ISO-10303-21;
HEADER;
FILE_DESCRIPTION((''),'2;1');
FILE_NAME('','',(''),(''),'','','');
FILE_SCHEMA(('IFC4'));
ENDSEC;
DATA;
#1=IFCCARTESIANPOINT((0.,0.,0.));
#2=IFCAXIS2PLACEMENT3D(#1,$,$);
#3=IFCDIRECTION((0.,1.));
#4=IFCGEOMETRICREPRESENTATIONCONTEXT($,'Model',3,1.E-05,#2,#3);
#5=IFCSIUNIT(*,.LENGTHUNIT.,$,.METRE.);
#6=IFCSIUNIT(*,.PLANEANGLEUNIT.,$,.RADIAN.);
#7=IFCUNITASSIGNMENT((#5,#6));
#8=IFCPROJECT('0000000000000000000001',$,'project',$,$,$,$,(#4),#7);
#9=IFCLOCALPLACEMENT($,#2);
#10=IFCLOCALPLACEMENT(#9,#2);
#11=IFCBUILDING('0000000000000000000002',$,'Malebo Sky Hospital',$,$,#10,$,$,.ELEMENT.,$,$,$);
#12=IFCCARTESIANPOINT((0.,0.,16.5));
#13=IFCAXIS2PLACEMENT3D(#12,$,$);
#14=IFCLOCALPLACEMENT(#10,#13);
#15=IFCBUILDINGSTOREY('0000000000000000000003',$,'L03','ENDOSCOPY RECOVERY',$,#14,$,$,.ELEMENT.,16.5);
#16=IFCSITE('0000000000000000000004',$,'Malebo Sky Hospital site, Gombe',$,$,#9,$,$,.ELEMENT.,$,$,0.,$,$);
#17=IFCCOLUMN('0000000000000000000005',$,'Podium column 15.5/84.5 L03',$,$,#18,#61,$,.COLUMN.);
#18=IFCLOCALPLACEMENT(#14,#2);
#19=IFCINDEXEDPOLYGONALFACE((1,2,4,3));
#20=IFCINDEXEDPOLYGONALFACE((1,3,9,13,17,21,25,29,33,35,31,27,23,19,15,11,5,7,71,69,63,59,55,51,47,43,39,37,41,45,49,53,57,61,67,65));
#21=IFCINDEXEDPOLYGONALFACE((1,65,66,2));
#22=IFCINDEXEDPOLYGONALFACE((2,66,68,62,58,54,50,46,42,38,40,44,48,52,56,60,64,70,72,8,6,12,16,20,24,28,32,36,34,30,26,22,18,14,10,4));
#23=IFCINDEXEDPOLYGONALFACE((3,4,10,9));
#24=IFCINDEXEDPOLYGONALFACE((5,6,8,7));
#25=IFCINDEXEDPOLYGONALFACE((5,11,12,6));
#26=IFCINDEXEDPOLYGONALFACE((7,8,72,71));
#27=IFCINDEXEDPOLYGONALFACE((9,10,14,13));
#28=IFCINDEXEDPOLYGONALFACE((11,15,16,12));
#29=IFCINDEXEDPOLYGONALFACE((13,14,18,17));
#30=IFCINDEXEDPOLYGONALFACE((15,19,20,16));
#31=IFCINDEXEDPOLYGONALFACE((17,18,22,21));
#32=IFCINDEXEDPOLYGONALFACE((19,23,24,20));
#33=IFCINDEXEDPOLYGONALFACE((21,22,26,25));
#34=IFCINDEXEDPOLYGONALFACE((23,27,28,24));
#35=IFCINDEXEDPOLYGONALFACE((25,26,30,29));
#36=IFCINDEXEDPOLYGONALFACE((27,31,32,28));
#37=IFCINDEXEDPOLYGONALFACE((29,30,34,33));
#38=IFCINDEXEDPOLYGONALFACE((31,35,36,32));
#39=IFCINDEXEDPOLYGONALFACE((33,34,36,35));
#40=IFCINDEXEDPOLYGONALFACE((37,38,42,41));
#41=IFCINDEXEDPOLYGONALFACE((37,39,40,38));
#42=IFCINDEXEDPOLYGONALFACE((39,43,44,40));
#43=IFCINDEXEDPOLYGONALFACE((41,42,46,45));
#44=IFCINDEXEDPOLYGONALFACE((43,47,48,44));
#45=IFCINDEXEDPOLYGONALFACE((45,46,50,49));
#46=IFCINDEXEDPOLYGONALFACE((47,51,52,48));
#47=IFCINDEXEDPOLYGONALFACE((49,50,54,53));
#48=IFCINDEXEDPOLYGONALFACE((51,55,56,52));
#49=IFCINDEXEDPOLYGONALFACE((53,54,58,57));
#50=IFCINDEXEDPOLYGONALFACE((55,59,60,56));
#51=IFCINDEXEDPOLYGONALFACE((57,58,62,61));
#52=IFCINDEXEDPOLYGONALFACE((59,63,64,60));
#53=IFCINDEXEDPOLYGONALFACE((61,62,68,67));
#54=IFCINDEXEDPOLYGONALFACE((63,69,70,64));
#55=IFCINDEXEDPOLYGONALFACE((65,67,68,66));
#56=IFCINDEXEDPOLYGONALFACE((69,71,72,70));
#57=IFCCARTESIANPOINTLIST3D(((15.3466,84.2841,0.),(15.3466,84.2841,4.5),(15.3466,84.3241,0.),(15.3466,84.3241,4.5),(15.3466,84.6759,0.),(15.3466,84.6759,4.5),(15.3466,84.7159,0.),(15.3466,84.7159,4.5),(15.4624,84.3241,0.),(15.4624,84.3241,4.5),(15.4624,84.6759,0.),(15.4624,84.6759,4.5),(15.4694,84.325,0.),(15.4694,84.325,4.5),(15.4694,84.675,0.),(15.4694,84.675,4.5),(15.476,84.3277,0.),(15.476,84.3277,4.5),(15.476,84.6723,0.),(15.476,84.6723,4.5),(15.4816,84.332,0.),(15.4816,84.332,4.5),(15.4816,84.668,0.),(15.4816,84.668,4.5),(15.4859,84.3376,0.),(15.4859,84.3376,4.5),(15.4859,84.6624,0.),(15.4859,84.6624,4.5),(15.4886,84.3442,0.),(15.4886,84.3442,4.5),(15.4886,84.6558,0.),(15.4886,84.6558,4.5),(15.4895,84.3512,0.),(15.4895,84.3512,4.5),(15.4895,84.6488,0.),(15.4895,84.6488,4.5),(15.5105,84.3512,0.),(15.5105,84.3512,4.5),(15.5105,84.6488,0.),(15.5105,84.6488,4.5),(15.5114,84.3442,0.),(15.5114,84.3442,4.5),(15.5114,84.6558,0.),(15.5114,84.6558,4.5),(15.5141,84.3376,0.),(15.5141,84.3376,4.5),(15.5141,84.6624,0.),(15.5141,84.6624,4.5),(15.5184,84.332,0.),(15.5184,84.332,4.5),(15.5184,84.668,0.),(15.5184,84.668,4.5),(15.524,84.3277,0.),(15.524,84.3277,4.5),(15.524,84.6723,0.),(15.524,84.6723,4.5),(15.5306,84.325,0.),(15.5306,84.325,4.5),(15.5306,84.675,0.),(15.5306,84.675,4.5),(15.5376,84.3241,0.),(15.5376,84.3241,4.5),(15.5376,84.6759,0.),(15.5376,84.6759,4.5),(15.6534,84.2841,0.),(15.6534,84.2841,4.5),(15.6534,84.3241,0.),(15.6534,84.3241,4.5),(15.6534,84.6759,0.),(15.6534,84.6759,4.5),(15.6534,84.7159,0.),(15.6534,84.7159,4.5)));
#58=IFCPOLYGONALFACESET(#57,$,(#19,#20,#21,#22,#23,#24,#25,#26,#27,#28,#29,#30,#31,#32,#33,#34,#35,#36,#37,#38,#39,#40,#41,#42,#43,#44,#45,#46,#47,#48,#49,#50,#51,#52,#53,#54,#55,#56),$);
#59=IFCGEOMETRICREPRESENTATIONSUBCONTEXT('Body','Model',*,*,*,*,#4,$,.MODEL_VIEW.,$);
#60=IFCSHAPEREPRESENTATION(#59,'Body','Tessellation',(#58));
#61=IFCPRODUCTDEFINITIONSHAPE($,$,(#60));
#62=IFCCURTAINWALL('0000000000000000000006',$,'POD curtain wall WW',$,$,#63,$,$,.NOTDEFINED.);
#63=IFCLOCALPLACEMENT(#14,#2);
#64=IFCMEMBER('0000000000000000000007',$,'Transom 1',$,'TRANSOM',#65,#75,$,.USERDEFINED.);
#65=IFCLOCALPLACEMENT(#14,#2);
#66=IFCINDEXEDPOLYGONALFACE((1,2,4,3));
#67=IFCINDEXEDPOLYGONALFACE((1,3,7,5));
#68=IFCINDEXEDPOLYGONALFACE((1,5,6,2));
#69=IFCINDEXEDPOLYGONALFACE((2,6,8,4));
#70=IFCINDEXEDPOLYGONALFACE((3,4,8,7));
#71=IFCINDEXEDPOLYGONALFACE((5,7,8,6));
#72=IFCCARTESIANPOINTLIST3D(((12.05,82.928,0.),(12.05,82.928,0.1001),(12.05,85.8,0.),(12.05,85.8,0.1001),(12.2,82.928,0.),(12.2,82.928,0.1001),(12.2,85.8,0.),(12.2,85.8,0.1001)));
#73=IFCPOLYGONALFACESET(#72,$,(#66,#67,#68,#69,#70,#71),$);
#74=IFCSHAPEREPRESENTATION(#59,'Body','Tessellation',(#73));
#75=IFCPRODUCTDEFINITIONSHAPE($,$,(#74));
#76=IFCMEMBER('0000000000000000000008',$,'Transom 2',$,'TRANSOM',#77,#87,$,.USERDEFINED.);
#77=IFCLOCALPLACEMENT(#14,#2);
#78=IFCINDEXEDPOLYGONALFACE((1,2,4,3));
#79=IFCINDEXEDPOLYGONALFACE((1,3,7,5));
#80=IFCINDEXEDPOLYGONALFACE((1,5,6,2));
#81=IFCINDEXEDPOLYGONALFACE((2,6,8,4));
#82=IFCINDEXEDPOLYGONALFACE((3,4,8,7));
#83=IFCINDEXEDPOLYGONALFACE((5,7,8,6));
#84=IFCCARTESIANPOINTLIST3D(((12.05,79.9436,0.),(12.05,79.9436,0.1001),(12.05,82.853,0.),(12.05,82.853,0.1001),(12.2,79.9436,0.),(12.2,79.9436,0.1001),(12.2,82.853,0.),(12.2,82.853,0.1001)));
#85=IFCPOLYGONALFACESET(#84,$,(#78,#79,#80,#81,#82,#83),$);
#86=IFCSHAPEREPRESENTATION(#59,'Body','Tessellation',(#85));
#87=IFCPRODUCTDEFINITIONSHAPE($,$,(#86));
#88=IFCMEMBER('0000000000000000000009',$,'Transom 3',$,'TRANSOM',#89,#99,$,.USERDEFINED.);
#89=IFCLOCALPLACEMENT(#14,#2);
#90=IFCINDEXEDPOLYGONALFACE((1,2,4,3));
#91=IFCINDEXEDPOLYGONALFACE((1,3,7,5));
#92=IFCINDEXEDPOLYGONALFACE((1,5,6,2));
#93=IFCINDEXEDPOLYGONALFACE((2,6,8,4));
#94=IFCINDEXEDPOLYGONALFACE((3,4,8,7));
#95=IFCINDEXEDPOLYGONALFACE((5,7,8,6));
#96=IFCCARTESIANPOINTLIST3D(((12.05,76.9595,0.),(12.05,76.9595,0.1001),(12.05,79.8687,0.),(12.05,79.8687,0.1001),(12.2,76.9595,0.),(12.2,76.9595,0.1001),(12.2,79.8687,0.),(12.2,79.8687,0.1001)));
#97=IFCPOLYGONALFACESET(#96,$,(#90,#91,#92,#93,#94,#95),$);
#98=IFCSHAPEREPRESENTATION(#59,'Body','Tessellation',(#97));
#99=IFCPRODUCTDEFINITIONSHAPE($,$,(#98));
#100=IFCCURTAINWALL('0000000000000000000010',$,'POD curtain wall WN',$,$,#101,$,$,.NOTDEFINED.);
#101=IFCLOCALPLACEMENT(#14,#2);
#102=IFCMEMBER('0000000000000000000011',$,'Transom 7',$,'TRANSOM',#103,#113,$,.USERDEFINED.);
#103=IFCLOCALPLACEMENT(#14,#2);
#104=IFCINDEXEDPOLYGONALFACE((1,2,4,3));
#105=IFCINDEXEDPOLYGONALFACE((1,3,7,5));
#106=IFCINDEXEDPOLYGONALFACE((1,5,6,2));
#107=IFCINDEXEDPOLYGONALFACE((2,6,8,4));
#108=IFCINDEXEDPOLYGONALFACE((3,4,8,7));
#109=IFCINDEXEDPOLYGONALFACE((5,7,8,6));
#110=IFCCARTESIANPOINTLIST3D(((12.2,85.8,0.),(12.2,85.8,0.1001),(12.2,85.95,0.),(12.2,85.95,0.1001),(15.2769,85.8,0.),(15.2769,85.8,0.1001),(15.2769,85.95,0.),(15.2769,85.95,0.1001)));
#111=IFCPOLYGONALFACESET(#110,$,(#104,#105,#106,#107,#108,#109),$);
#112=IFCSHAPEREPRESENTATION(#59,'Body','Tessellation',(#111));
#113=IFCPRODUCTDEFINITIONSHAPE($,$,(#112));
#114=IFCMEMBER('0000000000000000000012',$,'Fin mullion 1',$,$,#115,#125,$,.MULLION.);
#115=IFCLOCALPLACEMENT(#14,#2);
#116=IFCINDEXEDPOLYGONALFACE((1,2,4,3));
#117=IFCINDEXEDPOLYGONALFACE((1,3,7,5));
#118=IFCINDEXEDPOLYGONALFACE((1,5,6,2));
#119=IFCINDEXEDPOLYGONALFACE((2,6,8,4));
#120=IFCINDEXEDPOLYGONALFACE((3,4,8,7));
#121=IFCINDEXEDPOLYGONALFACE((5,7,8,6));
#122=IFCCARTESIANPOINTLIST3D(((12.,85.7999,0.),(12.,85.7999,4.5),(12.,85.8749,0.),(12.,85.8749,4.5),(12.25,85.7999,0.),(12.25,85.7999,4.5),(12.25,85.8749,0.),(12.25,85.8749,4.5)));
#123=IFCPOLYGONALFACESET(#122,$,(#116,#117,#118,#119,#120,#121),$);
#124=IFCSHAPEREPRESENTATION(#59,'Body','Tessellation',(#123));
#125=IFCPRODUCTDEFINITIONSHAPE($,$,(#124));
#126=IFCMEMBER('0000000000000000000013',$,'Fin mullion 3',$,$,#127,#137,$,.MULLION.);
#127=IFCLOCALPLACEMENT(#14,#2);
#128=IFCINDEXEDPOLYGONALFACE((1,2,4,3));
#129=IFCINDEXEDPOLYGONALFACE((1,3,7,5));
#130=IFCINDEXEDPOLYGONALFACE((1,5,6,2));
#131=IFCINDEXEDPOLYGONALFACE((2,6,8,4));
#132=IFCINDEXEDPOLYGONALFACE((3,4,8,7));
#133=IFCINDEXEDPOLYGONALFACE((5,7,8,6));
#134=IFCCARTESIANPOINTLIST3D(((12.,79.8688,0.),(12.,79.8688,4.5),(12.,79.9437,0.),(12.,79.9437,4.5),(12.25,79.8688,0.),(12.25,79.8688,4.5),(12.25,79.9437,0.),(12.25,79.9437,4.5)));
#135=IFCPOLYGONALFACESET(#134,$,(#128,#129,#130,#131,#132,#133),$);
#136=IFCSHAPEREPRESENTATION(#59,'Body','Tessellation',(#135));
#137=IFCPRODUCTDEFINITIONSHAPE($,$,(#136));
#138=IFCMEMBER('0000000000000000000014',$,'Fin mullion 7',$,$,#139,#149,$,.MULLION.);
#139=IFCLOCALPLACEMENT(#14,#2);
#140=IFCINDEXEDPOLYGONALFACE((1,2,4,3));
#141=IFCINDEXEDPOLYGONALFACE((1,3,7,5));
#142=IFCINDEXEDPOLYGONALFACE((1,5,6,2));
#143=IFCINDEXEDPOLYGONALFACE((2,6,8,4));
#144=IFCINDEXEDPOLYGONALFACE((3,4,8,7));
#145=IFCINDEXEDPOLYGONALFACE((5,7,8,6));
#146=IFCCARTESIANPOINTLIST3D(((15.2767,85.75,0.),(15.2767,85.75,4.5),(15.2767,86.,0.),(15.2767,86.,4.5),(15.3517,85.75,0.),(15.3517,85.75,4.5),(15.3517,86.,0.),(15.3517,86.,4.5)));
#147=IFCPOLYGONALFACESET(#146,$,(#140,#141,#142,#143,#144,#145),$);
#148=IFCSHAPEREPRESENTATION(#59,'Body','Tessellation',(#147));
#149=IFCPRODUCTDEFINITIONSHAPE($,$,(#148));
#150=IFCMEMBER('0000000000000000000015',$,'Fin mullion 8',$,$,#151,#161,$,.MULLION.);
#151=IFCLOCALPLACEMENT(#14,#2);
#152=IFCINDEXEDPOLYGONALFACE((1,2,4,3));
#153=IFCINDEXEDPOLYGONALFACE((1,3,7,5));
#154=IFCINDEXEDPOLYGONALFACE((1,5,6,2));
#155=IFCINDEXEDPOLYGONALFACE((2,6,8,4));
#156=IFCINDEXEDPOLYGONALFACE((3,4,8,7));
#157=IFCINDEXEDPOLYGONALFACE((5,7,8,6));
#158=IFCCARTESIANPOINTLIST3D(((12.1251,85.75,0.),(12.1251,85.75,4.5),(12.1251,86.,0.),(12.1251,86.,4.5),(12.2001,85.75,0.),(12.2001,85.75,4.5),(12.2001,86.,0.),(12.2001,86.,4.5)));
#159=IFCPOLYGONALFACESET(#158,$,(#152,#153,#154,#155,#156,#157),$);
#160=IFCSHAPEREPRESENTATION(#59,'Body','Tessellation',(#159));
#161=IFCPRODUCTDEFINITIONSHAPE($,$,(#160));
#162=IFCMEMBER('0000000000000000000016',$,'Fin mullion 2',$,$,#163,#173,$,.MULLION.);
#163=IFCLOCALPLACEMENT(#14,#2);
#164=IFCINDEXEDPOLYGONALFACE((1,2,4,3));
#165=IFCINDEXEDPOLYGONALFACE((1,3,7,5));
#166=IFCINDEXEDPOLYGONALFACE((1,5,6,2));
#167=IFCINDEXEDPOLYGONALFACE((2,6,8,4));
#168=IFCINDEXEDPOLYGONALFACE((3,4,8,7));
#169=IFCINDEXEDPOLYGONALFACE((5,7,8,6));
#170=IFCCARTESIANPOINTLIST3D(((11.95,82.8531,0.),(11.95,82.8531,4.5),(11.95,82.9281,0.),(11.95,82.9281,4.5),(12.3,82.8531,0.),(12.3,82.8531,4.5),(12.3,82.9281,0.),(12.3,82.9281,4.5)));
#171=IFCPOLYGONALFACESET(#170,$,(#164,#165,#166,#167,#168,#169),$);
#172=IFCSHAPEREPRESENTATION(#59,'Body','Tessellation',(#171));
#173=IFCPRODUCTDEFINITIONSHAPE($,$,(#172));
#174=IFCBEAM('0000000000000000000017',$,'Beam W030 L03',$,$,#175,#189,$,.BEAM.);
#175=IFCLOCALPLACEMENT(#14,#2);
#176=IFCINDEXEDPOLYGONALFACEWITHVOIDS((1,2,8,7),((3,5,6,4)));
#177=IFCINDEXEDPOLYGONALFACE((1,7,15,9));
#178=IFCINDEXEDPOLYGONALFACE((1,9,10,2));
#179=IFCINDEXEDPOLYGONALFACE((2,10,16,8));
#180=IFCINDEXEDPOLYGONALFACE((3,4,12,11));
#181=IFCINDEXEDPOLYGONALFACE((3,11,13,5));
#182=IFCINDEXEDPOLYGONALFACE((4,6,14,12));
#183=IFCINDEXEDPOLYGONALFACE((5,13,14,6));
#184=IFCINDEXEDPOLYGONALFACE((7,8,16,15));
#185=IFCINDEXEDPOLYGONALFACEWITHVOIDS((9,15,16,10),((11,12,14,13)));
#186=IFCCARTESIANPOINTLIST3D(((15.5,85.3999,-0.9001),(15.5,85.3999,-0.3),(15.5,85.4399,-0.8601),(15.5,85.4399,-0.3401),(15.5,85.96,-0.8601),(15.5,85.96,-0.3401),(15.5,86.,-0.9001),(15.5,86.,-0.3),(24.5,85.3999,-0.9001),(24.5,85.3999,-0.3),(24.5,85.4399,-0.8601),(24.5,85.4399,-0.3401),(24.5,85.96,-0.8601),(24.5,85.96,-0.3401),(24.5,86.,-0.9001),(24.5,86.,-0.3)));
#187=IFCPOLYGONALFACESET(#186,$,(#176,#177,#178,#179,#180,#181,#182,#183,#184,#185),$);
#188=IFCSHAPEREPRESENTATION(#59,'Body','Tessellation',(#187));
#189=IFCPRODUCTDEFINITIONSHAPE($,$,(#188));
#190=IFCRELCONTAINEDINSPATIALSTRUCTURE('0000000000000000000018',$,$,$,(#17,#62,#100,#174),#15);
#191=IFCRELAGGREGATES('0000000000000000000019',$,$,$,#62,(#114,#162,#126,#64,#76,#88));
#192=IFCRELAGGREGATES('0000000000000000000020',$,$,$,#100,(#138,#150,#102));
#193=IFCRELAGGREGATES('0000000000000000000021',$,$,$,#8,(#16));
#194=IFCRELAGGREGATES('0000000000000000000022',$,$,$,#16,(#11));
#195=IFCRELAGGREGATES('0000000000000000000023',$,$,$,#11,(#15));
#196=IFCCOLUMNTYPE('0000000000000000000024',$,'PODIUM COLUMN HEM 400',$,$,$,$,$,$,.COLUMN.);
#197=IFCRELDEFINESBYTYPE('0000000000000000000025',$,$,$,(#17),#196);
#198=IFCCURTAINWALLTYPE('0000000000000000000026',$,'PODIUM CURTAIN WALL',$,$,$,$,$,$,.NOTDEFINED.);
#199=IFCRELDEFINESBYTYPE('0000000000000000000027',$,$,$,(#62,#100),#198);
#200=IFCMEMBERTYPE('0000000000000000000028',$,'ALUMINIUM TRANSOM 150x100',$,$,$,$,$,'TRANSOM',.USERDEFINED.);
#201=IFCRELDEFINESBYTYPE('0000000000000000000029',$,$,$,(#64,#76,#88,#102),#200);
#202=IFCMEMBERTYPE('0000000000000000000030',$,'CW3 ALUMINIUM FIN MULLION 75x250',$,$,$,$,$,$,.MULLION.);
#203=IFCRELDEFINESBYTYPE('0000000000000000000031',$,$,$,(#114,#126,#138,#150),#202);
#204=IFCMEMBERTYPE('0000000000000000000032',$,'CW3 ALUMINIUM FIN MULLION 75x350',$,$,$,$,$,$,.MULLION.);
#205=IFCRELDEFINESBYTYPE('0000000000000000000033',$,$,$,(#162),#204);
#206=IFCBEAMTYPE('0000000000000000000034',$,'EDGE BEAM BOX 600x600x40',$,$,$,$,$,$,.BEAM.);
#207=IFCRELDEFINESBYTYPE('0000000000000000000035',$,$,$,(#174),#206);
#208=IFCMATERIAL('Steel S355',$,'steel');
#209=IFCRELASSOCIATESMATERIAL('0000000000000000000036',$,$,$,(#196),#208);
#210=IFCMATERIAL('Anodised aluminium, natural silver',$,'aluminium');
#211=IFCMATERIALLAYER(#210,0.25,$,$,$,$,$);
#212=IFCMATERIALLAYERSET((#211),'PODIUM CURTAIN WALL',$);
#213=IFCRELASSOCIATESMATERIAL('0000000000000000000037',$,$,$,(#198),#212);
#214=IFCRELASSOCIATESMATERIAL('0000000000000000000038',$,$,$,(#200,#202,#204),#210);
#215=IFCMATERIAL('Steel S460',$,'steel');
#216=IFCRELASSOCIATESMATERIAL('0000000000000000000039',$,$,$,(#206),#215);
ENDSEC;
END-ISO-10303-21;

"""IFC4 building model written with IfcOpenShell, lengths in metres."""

from ifc_helpers import new_model, si_unit, direction, frame, origin, origin_2d, place, context, subcontext, project, spatial, rectangle, hollow_rectangle, i_section, extrude, material, layer, layer_set, material_profile, profile_set, type_object, element, aggregate, save


model = new_model("IFC4")

# Units and contexts
model_context = context("Model", 3, precision=1e-05, world=origin(), true_north=direction((0.0, 1.0)))
body_context = subcontext(model_context, "Body", "Model", "MODEL_VIEW")
ifc_project = project(units=[si_unit("LENGTHUNIT", "METRE"), si_unit("PLANEANGLEUNIT", "RADIAN")], contexts=[model_context])

# Site, building, storey
site_placement = place(None, origin())
site = spatial("IfcSite", under=ifc_project, at=site_placement, Name="Malebo Sky Hospital site, Gombe", CompositionType="ELEMENT", RefElevation=0.0)
building_placement = place(site_placement, origin())
building = spatial("IfcBuilding", under=site, at=building_placement, Name="Malebo Sky Hospital", CompositionType="ELEMENT")
storey_placement = place(building_placement, frame((0.0, 0.0, 16.5)))
storey = spatial("IfcBuildingStorey", under=building, at=storey_placement, Name="L03", Description="ENDOSCOPY RECOVERY", CompositionType="ELEMENT", Elevation=16.5)

# Column
ifc_material_1 = material(Name="Steel S355", Category="steel")
ifc_material_profile_1 = material_profile(ifc_material_1, i_section(OverallWidth=0.3069, OverallDepth=0.4319, WebThickness=0.021, FlangeThickness=0.04, FilletRadius=0.0271, at=origin_2d()), Name="HEM 400")
ifc_profile_set_1 = profile_set([ifc_material_profile_1], Name="Steel S355")
column_type = type_object("IfcColumnType", Name="PODIUM COLUMN HEM 400", PredefinedType="COLUMN", material=ifc_profile_set_1)
column_placement = place(storey_placement, frame((15.5, 84.5, 0.0), z_axis=(0.0, 0.0, 1.0), x_axis=(1.0, 0.0, 0.0)))
element("IfcColumn", 1, at=column_placement, inside=storey, type_object=column_type, Name="Podium column 15.5/84.5 L03", PredefinedType="COLUMN", context=body_context, shape_type="SweptSolid", body=[
    extrude(i_section(OverallWidth=0.3069, OverallDepth=0.4319, WebThickness=0.021, FlangeThickness=0.04, FilletRadius=0.0271, at=origin_2d()), origin(), (0.0, 0.0, 1.0), 4.5),
])

# Curtain wall, members
ifc_material_2 = material(Name="Anodised aluminium, natural silver", Category="aluminium")
ifc_layer_1 = layer(ifc_material_2, 0.25)
ifc_layer_set_1 = layer_set([ifc_layer_1], Name="PODIUM CURTAIN WALL")
curtain_wall_type = type_object("IfcCurtainWallType", Name="PODIUM CURTAIN WALL", PredefinedType="NOTDEFINED", material=ifc_layer_set_1)
curtain_wall_1_placement = place(storey_placement, origin())
curtain_wall_1 = element("IfcCurtainWall", 2, at=curtain_wall_1_placement, inside=storey, type_object=curtain_wall_type, Name="POD curtain wall WW", PredefinedType="NOTDEFINED")
ifc_material_profile_2 = material_profile(ifc_material_2, rectangle(XDim=0.1499, YDim=0.1001, at=origin_2d()), Name="ALUMINIUM TRANSOM 150x100")
ifc_profile_set_2 = profile_set([ifc_material_profile_2], Name="Anodised aluminium, natural silver")
member_type_1 = type_object("IfcMemberType", Name="ALUMINIUM TRANSOM 150x100", ElementType="TRANSOM", PredefinedType="USERDEFINED", material=ifc_profile_set_2)
member_1_placement = place(storey_placement, frame((12.125, 85.8, 0.05), z_axis=(0.0, -1.0, 0.0), x_axis=(1.0, 0.0, 0.0)))
member_1 = element("IfcMember", 3, at=member_1_placement, type_object=member_type_1, Name="Transom 1", ObjectType="TRANSOM", PredefinedType="USERDEFINED", context=body_context, shape_type="SweptSolid", body=[
    extrude(rectangle(XDim=0.1499, YDim=0.1001, at=origin_2d()), origin(), (0.0, 0.0, 1.0), 2.8721),
])
member_2_placement = place(storey_placement, frame((12.125, 82.853, 0.05), z_axis=(0.0, -1.0, 0.0), x_axis=(1.0, 0.0, 0.0)))
member_2 = element("IfcMember", 4, at=member_2_placement, type_object=member_type_1, Name="Transom 2", ObjectType="TRANSOM", PredefinedType="USERDEFINED", context=body_context, shape_type="SweptSolid", body=[
    extrude(rectangle(XDim=0.1499, YDim=0.1001, at=origin_2d()), origin(), (0.0, 0.0, 1.0), 2.9094),
])
member_3_placement = place(storey_placement, frame((12.125, 79.8687, 0.05), z_axis=(0.0, -1.0, 0.0), x_axis=(1.0, 0.0, 0.0)))
member_3 = element("IfcMember", 5, at=member_3_placement, type_object=member_type_1, Name="Transom 3", ObjectType="TRANSOM", PredefinedType="USERDEFINED", context=body_context, shape_type="SweptSolid", body=[
    extrude(rectangle(XDim=0.1499, YDim=0.1001, at=origin_2d()), origin(), (0.0, 0.0, 1.0), 2.9092),
])

# Curtain wall, member
curtain_wall_2_placement = place(storey_placement, origin())
curtain_wall_2 = element("IfcCurtainWall", 6, at=curtain_wall_2_placement, inside=storey, type_object=curtain_wall_type, Name="POD curtain wall WN", PredefinedType="NOTDEFINED")
member_4_placement = place(storey_placement, frame((15.2769, 85.875, 0.05), z_axis=(-1.0, 0.0, 0.0), x_axis=(0.0, -1.0, 0.0)))
member_4 = element("IfcMember", 7, at=member_4_placement, type_object=member_type_1, Name="Transom 7", ObjectType="TRANSOM", PredefinedType="USERDEFINED", context=body_context, shape_type="SweptSolid", body=[
    extrude(rectangle(XDim=0.1499, YDim=0.1001, at=origin_2d()), origin(), (0.0, 0.0, 1.0), 3.0769),
])

# Members
ifc_material_profile_3 = material_profile(ifc_material_2, rectangle(XDim=0.075, YDim=0.25, at=origin_2d()), Name="CW3 ALUMINIUM FIN MULLION 75x250")
ifc_profile_set_3 = profile_set([ifc_material_profile_3], Name="Anodised aluminium, natural silver")
member_type_2 = type_object("IfcMemberType", Name="CW3 ALUMINIUM FIN MULLION 75x250", PredefinedType="MULLION", material=ifc_profile_set_3)
member_5_placement = place(storey_placement, frame((12.125, 85.8374, 0.0), z_axis=(0.0, 0.0, 1.0), x_axis=(0.0, -1.0, 0.0)))
member_5 = element("IfcMember", 8, at=member_5_placement, type_object=member_type_2, Name="Fin mullion 1", PredefinedType="MULLION", context=body_context, shape_type="SweptSolid", body=[
    extrude(rectangle(XDim=0.075, YDim=0.25, at=origin_2d()), origin(), (0.0, 0.0, 1.0), 4.5),
])
member_6_placement = place(storey_placement, frame((12.125, 79.9062, 0.0), z_axis=(0.0, 0.0, 1.0), x_axis=(0.0, -1.0, 0.0)))
member_6 = element("IfcMember", 9, at=member_6_placement, type_object=member_type_2, Name="Fin mullion 3", PredefinedType="MULLION", context=body_context, shape_type="SweptSolid", body=[
    extrude(rectangle(XDim=0.075, YDim=0.25, at=origin_2d()), origin(), (0.0, 0.0, 1.0), 4.5),
])
member_7_placement = place(storey_placement, frame((15.3142, 85.875, 0.0), z_axis=(0.0, 0.0, 1.0), x_axis=(-1.0, 0.0, 0.0)))
member_7 = element("IfcMember", 10, at=member_7_placement, type_object=member_type_2, Name="Fin mullion 7", PredefinedType="MULLION", context=body_context, shape_type="SweptSolid", body=[
    extrude(rectangle(XDim=0.075, YDim=0.25, at=origin_2d()), origin(), (0.0, 0.0, 1.0), 4.5),
])
member_8_placement = place(storey_placement, frame((12.1626, 85.875, 0.0), z_axis=(0.0, 0.0, 1.0), x_axis=(-1.0, 0.0, 0.0)))
member_8 = element("IfcMember", 11, at=member_8_placement, type_object=member_type_2, Name="Fin mullion 8", PredefinedType="MULLION", context=body_context, shape_type="SweptSolid", body=[
    extrude(rectangle(XDim=0.075, YDim=0.25, at=origin_2d()), origin(), (0.0, 0.0, 1.0), 4.5),
])
ifc_material_profile_4 = material_profile(ifc_material_2, rectangle(XDim=0.075, YDim=0.3501, at=origin_2d()), Name="CW3 ALUMINIUM FIN MULLION 75x350")
ifc_profile_set_4 = profile_set([ifc_material_profile_4], Name="Anodised aluminium, natural silver")
member_type_3 = type_object("IfcMemberType", Name="CW3 ALUMINIUM FIN MULLION 75x350", PredefinedType="MULLION", material=ifc_profile_set_4)
member_9_placement = place(storey_placement, frame((12.125, 82.8906, 0.0), z_axis=(0.0, 0.0, 1.0), x_axis=(0.0, -1.0, 0.0)))
member_9 = element("IfcMember", 12, at=member_9_placement, type_object=member_type_3, Name="Fin mullion 2", PredefinedType="MULLION", context=body_context, shape_type="SweptSolid", body=[
    extrude(rectangle(XDim=0.075, YDim=0.3501, at=origin_2d()), origin(), (0.0, 0.0, 1.0), 4.5),
])

# Beam
ifc_material_3 = material(Name="Steel S460", Category="steel")
ifc_material_profile_5 = material_profile(ifc_material_3, hollow_rectangle(XDim=0.6001, YDim=0.6001, WallThickness=0.04, at=origin_2d()), Name="BOX 600x600x40")
ifc_profile_set_5 = profile_set([ifc_material_profile_5], Name="Steel S460")
beam_type_1 = type_object("IfcBeamType", Name="EDGE BEAM BOX 600x600x40", PredefinedType="BEAM", material=ifc_profile_set_5)
beam_1_placement = place(storey_placement, frame((15.5, 85.7, -0.6001), z_axis=(1.0, 0.0, 0.0), x_axis=(0.0, 1.0, 0.0)))
element("IfcBeam", 13, at=beam_1_placement, inside=storey, type_object=beam_type_1, Name="Beam W030 L03", PredefinedType="BEAM", context=body_context, shape_type="SweptSolid", body=[
    extrude(hollow_rectangle(XDim=0.6001, YDim=0.6001, WallThickness=0.04, at=origin_2d()), origin(), (0.0, 0.0, 1.0), 9.0),
])

aggregate(curtain_wall_1, [member_5, member_9, member_6, member_1, member_2, member_3])
aggregate(curtain_wall_2, [member_7, member_8, member_4])

save(model, "model.ifc")
